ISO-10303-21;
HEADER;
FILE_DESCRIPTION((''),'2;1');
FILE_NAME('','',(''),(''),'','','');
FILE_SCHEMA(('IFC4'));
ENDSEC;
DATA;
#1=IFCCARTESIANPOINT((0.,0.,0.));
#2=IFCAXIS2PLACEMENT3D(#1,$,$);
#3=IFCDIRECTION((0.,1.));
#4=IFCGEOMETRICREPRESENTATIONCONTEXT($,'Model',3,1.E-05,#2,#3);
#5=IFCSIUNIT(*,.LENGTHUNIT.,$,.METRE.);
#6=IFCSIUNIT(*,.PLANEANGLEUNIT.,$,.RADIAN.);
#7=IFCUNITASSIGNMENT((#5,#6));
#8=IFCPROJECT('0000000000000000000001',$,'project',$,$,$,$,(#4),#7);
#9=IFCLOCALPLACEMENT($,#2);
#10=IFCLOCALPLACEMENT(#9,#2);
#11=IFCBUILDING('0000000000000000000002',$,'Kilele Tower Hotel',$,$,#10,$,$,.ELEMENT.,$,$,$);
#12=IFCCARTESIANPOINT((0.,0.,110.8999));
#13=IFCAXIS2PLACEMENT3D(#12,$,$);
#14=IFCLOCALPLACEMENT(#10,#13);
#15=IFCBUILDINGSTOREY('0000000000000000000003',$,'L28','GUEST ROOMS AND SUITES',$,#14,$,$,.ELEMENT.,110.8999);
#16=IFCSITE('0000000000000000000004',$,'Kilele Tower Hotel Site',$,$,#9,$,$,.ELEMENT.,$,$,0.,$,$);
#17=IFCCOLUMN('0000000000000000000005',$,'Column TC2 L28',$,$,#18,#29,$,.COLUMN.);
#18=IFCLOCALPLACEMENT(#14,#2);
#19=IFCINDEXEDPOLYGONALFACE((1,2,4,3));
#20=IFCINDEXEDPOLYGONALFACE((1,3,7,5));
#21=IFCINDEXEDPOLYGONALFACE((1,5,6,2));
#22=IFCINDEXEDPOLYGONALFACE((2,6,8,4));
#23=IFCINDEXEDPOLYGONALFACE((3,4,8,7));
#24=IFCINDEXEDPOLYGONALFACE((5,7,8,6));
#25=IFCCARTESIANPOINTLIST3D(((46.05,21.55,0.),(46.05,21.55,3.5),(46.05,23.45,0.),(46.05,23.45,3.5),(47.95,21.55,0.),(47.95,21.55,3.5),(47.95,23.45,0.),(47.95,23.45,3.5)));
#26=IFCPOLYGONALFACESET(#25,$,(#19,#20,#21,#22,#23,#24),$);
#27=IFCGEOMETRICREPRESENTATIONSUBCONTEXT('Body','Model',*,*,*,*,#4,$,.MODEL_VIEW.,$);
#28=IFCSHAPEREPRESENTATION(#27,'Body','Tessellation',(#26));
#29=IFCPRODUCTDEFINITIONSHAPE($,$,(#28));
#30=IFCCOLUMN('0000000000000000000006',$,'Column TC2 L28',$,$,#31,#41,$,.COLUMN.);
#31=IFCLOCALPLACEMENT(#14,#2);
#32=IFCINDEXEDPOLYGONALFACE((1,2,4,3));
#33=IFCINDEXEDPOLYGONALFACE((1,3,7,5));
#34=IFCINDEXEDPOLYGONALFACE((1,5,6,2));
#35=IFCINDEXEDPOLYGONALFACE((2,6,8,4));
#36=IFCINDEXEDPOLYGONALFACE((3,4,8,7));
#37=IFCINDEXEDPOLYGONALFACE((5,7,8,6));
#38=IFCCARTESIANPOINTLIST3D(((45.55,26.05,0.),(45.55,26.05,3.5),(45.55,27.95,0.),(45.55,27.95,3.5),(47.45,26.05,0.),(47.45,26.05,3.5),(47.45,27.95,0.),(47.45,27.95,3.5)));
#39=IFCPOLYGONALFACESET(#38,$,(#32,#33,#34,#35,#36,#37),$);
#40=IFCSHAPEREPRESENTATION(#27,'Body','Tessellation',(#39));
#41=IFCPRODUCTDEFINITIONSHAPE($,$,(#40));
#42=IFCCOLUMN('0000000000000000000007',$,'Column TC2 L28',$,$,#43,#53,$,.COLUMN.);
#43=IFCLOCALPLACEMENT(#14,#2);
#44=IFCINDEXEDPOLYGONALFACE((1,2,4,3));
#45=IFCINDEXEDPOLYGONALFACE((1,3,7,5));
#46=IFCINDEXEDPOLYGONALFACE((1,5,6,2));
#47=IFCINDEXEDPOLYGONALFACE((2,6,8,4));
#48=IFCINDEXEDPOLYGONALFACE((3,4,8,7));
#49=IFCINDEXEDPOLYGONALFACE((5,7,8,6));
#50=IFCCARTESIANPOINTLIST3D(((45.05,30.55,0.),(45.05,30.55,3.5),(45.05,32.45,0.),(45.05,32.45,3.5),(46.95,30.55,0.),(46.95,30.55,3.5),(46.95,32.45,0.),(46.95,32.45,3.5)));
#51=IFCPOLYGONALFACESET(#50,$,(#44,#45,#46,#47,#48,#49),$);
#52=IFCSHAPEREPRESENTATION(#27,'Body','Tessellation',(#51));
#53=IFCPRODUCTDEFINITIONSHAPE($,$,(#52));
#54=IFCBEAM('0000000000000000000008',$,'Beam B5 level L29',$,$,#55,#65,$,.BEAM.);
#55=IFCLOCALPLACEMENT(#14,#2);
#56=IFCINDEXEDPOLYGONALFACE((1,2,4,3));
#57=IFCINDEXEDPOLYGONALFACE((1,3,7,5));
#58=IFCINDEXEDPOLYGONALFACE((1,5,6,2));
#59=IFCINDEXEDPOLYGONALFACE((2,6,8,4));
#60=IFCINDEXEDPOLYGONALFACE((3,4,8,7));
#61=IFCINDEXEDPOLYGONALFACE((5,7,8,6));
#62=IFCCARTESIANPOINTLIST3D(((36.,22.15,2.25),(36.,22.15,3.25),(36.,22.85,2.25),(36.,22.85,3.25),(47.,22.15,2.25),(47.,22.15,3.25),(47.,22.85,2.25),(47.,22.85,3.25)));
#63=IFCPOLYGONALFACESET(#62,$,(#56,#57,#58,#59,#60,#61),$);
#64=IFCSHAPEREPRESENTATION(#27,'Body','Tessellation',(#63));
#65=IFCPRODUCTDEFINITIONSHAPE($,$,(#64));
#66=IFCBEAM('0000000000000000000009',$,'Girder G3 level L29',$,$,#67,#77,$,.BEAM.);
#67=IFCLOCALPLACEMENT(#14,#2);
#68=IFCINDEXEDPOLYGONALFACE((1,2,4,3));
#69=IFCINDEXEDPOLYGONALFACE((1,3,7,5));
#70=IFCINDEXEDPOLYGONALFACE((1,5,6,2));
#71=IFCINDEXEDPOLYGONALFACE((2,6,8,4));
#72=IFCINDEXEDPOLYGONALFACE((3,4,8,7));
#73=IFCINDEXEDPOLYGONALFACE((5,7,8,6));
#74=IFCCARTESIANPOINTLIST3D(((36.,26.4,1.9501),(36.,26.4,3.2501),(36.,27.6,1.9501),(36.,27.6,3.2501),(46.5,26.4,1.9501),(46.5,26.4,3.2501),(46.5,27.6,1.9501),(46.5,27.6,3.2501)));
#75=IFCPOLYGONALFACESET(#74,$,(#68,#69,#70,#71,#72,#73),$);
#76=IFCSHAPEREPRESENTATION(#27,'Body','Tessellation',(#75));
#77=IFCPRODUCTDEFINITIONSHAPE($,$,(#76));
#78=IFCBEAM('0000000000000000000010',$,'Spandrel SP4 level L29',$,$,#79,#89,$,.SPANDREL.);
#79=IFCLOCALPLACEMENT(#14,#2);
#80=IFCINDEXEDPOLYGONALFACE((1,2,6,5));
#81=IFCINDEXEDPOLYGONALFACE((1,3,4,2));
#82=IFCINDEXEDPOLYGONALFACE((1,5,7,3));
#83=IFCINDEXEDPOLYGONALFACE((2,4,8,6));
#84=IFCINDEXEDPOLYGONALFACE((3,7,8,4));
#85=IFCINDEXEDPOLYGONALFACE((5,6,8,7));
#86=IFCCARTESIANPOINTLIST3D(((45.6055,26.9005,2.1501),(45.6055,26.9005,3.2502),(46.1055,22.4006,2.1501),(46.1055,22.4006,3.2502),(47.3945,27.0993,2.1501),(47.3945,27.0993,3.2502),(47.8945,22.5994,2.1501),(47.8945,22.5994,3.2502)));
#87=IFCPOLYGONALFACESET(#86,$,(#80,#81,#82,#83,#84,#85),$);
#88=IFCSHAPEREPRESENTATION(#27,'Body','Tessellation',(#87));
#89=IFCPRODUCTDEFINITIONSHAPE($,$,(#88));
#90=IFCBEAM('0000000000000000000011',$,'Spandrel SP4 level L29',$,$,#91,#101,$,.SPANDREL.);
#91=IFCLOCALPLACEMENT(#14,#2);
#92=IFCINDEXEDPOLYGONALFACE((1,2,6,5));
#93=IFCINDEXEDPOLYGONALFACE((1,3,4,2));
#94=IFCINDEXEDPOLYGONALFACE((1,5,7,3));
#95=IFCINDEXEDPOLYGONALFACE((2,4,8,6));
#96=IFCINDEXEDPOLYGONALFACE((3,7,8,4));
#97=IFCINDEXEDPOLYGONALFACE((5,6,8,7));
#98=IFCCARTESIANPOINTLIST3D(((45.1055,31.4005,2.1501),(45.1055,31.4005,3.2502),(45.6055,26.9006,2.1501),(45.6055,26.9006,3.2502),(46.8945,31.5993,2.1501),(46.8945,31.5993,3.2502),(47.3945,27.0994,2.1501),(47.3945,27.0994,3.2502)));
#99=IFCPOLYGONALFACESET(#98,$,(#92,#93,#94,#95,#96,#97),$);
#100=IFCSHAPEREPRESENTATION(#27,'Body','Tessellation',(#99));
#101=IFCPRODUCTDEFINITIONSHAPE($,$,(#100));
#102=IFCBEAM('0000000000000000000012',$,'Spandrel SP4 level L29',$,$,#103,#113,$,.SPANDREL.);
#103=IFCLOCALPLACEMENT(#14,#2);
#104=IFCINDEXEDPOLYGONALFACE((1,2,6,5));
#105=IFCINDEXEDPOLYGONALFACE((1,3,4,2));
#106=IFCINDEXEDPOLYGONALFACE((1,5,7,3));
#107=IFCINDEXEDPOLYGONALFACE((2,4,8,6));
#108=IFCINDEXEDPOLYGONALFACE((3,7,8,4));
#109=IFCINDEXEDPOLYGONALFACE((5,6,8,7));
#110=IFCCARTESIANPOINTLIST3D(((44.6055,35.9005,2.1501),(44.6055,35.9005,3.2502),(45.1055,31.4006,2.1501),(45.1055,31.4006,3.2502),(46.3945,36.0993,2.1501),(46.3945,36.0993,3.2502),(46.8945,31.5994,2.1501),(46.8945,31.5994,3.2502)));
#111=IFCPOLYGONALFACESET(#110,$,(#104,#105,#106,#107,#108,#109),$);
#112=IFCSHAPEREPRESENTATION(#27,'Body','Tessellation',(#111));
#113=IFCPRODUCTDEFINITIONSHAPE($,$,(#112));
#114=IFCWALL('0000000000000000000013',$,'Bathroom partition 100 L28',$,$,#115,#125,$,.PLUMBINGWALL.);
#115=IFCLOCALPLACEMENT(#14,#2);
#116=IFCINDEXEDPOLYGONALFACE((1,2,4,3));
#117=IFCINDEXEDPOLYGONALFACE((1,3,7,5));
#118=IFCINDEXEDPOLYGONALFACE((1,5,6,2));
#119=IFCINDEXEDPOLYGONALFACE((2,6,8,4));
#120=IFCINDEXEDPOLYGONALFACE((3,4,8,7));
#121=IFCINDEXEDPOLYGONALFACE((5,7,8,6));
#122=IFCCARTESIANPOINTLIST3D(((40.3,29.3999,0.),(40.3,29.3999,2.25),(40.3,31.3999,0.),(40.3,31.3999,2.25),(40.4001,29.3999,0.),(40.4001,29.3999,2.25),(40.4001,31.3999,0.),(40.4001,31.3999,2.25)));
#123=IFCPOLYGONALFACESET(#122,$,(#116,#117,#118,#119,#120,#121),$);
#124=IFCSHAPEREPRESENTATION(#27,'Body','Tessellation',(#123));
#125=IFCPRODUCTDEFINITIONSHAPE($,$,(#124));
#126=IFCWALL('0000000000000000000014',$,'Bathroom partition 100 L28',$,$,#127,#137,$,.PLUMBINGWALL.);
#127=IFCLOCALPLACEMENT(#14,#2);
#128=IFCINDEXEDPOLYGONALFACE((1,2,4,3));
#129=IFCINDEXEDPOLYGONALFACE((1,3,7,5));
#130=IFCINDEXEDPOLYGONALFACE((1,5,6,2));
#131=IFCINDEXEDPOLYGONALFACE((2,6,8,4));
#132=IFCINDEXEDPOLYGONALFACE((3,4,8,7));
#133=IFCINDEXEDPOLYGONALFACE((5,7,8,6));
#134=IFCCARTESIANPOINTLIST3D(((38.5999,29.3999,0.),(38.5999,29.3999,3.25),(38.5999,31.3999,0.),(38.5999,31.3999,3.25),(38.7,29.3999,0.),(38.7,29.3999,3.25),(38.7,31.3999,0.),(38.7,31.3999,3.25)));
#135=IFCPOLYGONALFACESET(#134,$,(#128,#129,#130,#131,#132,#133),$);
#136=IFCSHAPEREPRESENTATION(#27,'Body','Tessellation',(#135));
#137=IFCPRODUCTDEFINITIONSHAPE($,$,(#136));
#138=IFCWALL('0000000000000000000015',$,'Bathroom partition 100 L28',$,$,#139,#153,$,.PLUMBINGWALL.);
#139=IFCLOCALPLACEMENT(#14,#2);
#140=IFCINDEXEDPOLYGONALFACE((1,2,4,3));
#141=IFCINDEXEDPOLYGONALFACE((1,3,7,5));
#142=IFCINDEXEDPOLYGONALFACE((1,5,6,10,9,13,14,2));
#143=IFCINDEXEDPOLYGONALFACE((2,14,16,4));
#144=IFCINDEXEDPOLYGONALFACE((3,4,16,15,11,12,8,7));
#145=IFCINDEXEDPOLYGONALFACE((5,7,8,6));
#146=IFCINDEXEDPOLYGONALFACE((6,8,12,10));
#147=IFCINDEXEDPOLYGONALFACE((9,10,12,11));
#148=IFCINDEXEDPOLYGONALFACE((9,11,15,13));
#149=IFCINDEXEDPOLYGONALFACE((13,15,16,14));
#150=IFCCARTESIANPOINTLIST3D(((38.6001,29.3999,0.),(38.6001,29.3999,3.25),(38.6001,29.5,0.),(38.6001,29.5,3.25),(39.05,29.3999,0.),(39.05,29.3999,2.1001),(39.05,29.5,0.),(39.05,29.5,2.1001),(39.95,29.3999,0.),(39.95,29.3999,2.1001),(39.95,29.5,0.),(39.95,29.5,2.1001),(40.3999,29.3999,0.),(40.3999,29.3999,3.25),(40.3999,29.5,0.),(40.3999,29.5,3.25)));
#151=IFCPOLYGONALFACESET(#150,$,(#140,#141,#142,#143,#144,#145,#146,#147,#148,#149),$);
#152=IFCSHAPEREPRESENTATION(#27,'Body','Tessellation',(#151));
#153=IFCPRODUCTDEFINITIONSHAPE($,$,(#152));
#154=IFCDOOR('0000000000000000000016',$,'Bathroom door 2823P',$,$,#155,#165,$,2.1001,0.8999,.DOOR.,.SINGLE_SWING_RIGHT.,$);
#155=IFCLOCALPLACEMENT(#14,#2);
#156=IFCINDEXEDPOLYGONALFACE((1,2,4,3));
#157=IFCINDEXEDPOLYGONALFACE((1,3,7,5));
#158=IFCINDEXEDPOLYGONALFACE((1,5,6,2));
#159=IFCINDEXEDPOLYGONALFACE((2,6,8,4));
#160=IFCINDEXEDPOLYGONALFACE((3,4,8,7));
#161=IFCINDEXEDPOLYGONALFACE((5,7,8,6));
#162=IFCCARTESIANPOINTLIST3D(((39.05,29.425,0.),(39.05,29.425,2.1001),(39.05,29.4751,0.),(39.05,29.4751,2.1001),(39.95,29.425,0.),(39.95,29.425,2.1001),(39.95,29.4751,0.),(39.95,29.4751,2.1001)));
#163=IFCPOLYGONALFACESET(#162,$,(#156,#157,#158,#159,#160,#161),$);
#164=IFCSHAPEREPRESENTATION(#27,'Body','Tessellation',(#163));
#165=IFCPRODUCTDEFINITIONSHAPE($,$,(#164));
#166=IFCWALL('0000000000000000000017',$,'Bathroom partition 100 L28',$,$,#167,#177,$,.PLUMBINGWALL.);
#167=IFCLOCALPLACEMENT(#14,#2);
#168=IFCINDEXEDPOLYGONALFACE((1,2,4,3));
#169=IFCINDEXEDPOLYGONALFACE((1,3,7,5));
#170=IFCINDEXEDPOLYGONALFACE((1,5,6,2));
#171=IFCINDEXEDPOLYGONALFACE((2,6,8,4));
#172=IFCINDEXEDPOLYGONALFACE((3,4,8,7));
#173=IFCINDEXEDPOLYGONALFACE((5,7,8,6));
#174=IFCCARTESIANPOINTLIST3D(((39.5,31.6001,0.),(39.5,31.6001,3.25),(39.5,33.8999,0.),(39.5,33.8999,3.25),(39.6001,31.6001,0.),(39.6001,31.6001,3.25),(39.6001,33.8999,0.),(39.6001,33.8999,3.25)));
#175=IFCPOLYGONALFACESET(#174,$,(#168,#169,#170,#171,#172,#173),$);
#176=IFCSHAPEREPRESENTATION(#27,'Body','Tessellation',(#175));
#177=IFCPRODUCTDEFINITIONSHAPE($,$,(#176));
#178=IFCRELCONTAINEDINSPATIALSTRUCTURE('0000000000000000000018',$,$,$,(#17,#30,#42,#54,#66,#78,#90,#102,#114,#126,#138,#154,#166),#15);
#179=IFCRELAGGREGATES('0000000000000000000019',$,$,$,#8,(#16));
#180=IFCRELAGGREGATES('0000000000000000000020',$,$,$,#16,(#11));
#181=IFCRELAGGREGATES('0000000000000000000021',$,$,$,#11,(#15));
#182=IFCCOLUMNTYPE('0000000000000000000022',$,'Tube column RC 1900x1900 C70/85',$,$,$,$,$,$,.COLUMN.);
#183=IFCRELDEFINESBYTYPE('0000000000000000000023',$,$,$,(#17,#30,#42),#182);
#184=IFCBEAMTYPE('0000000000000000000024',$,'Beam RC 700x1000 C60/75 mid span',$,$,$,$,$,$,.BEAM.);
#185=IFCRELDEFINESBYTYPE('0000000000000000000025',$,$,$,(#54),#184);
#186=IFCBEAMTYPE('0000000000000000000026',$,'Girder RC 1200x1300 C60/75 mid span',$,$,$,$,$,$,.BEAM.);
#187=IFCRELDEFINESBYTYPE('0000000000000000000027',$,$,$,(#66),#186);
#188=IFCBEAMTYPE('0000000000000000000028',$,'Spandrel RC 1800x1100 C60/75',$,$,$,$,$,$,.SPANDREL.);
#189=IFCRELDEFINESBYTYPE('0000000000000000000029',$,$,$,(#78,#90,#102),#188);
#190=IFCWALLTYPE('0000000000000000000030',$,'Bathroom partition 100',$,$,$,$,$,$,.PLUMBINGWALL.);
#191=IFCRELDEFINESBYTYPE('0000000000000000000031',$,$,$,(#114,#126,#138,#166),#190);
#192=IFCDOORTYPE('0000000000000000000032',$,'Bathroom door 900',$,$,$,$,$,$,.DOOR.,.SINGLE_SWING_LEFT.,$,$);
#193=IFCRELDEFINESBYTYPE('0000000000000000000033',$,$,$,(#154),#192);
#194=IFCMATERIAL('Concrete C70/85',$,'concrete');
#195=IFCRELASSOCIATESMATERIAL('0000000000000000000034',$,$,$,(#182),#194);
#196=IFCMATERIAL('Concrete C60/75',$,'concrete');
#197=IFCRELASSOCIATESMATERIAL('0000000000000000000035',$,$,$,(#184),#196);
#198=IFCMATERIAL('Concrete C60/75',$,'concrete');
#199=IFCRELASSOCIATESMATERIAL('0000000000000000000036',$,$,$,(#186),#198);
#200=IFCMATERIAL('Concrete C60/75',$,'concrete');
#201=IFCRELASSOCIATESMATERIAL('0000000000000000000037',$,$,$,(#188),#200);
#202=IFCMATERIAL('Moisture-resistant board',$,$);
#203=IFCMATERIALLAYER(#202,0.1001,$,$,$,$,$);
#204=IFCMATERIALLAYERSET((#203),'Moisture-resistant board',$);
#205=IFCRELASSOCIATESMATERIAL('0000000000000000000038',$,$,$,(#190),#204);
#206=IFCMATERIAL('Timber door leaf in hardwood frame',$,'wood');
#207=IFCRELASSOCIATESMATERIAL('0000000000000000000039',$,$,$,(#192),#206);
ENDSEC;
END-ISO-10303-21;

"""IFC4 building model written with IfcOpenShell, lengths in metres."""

from ifc_helpers import new_model, si_unit, direction, frame, frame_2d, origin, origin_2d, place, context, subcontext, project, spatial, rectangle, extrude, material, layer, layer_set, material_profile, profile_set, type_object, element, fill, save


model = new_model("IFC4")

# Units and contexts
model_context = context("Model", 3, precision=1e-05, world=origin(), true_north=direction((0.0, 1.0)))
body_context = subcontext(model_context, "Body", "Model", "MODEL_VIEW")
ifc_project = project(units=[si_unit("LENGTHUNIT", "METRE"), si_unit("PLANEANGLEUNIT", "RADIAN")], contexts=[model_context])

# Site, building, storey
site_placement = place(None, origin())
site = spatial("IfcSite", under=ifc_project, at=site_placement, Name="Kilele Tower Hotel Site", CompositionType="ELEMENT", RefElevation=0.0)
building_placement = place(site_placement, origin())
building = spatial("IfcBuilding", under=site, at=building_placement, Name="Kilele Tower Hotel", CompositionType="ELEMENT")
storey_placement = place(building_placement, frame((0.0, 0.0, 110.8999)))
storey = spatial("IfcBuildingStorey", under=building, at=storey_placement, Name="L28", Description="GUEST ROOMS AND SUITES", CompositionType="ELEMENT", Elevation=110.8999)

# Columns
ifc_material_1 = material(Name="Concrete C70/85", Category="concrete")
ifc_material_profile_1 = material_profile(ifc_material_1, rectangle(XDim=1.8999, YDim=1.8999, at=origin_2d()))
ifc_profile_set_1 = profile_set([ifc_material_profile_1], Name="Concrete C70/85")
column_type = type_object("IfcColumnType", Name="Tube column RC 1900x1900 C70/85", PredefinedType="COLUMN", material=ifc_profile_set_1)
for number, where, z_axis, x_axis, name in (
    (1, (47.0, 22.5, 0.0), (0.0, 0.0, 1.0), (1.0, 0.0, 0.0), "Column TC2 L28"),
    (2, (46.5, 27.0, 0.0), (0.0, 0.0, 1.0), (1.0, 0.0, 0.0), "Column TC2 L28"),
    (3, (46.0, 31.5, 0.0), (0.0, 0.0, 1.0), (1.0, 0.0, 0.0), "Column TC2 L28"),
):
    element("IfcColumn", number, at=place(storey_placement, frame(where, z_axis=z_axis, x_axis=x_axis)), inside=storey, type_object=column_type, Name=name, PredefinedType="COLUMN", context=body_context, shape_type="SweptSolid", body=[
        extrude(rectangle(XDim=1.8999, YDim=1.8999, at=origin_2d()), origin(), (0.0, 0.0, 1.0), 3.5),
    ])

# Beams
ifc_material_2 = material(Name="Concrete C60/75", Category="concrete")
ifc_material_profile_2 = material_profile(ifc_material_2, rectangle(XDim=0.7, YDim=1.0, at=origin_2d()))
ifc_profile_set_2 = profile_set([ifc_material_profile_2], Name="Concrete C60/75")
beam_type_1 = type_object("IfcBeamType", Name="Beam RC 700x1000 C60/75 mid span", PredefinedType="BEAM", material=ifc_profile_set_2)
beam_1_placement = place(storey_placement, frame((47.0, 22.5, 2.75), z_axis=(-1.0, 0.0, 0.0), x_axis=(0.0, -1.0, 0.0)))
element("IfcBeam", 4, at=beam_1_placement, inside=storey, type_object=beam_type_1, Name="Beam B5 level L29", PredefinedType="BEAM", context=body_context, shape_type="SweptSolid", body=[
    extrude(rectangle(XDim=0.7, YDim=1.0, at=origin_2d()), origin(), (0.0, 0.0, 1.0), 11.0),
])
ifc_material_3 = material(Name="Concrete C60/75", Category="concrete")
ifc_material_profile_3 = material_profile(ifc_material_3, rectangle(XDim=1.2, YDim=1.3, at=origin_2d()))
ifc_profile_set_3 = profile_set([ifc_material_profile_3], Name="Concrete C60/75")
beam_type_2 = type_object("IfcBeamType", Name="Girder RC 1200x1300 C60/75 mid span", PredefinedType="BEAM", material=ifc_profile_set_3)
beam_2_placement = place(storey_placement, frame((46.5, 27.0, 2.6001), z_axis=(-1.0, 0.0, 0.0), x_axis=(0.0, -1.0, 0.0)))
element("IfcBeam", 5, at=beam_2_placement, inside=storey, type_object=beam_type_2, Name="Girder G3 level L29", PredefinedType="BEAM", context=body_context, shape_type="SweptSolid", body=[
    extrude(rectangle(XDim=1.2, YDim=1.3, at=origin_2d()), origin(), (0.0, 0.0, 1.0), 10.5),
])
ifc_material_4 = material(Name="Concrete C60/75", Category="concrete")
ifc_material_profile_4 = material_profile(ifc_material_4, rectangle(XDim=1.8, YDim=1.1001, at=origin_2d()))
ifc_profile_set_4 = profile_set([ifc_material_profile_4], Name="Concrete C60/75")
beam_type_3 = type_object("IfcBeamType", Name="Spandrel RC 1800x1100 C60/75", PredefinedType="SPANDREL", material=ifc_profile_set_4)
for number, where, z_axis, x_axis, name in (
    (6, (47.0, 22.5, 2.7002), (-0.110432, 0.993884, 0.0), (-0.993884, -0.110432, 0.0), "Spandrel SP4 level L29"),
    (7, (46.5, 27.0, 2.7002), (-0.110432, 0.993884, 0.0), (-0.993884, -0.110432, 0.0), "Spandrel SP4 level L29"),
    (8, (46.0, 31.5, 2.7002), (-0.110432, 0.993884, 0.0), (-0.993884, -0.110432, 0.0), "Spandrel SP4 level L29"),
):
    element("IfcBeam", number, at=place(storey_placement, frame(where, z_axis=z_axis, x_axis=x_axis)), inside=storey, type_object=beam_type_3, Name=name, PredefinedType="SPANDREL", context=body_context, shape_type="SweptSolid", body=[
        extrude(rectangle(XDim=1.8, YDim=1.1001, at=origin_2d()), origin(), (0.0, 0.0, 1.0), 4.5276),
    ])

# Walls
ifc_material_5 = material(Name="Moisture-resistant board")
ifc_layer_1 = layer(ifc_material_5, 0.1001)
ifc_layer_set_1 = layer_set([ifc_layer_1], Name="Moisture-resistant board")
wall_type_1 = type_object("IfcWallType", Name="Bathroom partition 100", PredefinedType="PLUMBINGWALL", material=ifc_layer_set_1)
wall_1_placement = place(storey_placement, frame((40.3501, 31.3999, 0.0), z_axis=(0.0, 0.0, 1.0), x_axis=(0.0, -1.0, 0.0)))
element("IfcWall", 9, at=wall_1_placement, inside=storey, type_object=wall_type_1, Name="Bathroom partition 100 L28", PredefinedType="PLUMBINGWALL", context=body_context, shape_type="SweptSolid", body=[
    extrude(rectangle(XDim=2.0, YDim=0.1001, at=frame_2d((1.0, 0.0))), origin(), (0.0, 0.0, 1.0), 2.25),
])
wall_2_placement = place(storey_placement, frame((38.6499, 31.3999, 0.0), z_axis=(0.0, 0.0, 1.0), x_axis=(0.0, -1.0, 0.0)))
element("IfcWall", 10, at=wall_2_placement, inside=storey, type_object=wall_type_1, Name="Bathroom partition 100 L28", PredefinedType="PLUMBINGWALL", context=body_context, shape_type="SweptSolid", body=[
    extrude(rectangle(XDim=2.0, YDim=0.1001, at=frame_2d((1.0, 0.0))), origin(), (0.0, 0.0, 1.0), 3.25),
])

# Wall, opening, door
wall_3_placement = place(storey_placement, frame((38.6001, 29.45, 0.0), z_axis=(0.0, 0.0, 1.0), x_axis=(1.0, 0.0, 0.0)))
wall_3 = element("IfcWall", 11, at=wall_3_placement, inside=storey, type_object=wall_type_1, Name="Bathroom partition 100 L28", PredefinedType="PLUMBINGWALL", context=body_context, shape_type="SweptSolid", body=[
    extrude(rectangle(XDim=1.7998, YDim=0.1001, at=frame_2d((0.8999, 0.0))), origin(), (0.0, 0.0, 1.0), 3.25),
])
opening_1_placement = place(wall_3_placement, frame((1.3499, 0.0, 0.0), z_axis=(0.0, 0.0, 1.0), x_axis=(-1.0, 0.0, 0.0)))
opening_1 = element("IfcOpeningElement", 12, at=opening_1_placement, cuts=wall_3, PredefinedType="OPENING", context=body_context, shape_type="SweptSolid", body=[
    extrude(rectangle(XDim=0.8999, YDim=2.1001, at=frame_2d((0.45, 1.05))), frame((0.0, 0.0601, 0.0), z_axis=(0.0, -1.0, 0.0), x_axis=(1.0, 0.0, 0.0)), (0.0, 0.0, 1.0), 0.1201),
])
ifc_material_6 = material(Name="Timber door leaf in hardwood frame", Category="wood")
door_type_1 = type_object("IfcDoorType", Name="Bathroom door 900", OperationType="SINGLE_SWING_LEFT", PredefinedType="DOOR", material=ifc_material_6)
door_1_placement = place(opening_1_placement, origin())
door_1 = element("IfcDoor", 13, at=door_1_placement, inside=storey, type_object=door_type_1, Name="Bathroom door 2823P", OperationType="SINGLE_SWING_RIGHT", OverallHeight=2.1001, OverallWidth=0.8999, PredefinedType="DOOR", context=body_context, shape_type="SweptSolid", body=[
    extrude(rectangle(XDim=0.8999, YDim=2.1001, at=frame_2d((0.45, 1.05))), frame((0.0, 0.0249, 0.0), z_axis=(0.0, -1.0, 0.0), x_axis=(1.0, 0.0, 0.0)), (0.0, 0.0, 1.0), 0.05),
])
fill(opening_1, door_1)

# Wall
wall_4_placement = place(storey_placement, frame((39.55, 31.6001, 0.0), z_axis=(0.0, 0.0, 1.0), x_axis=(0.0, 1.0, 0.0)))
element("IfcWall", 14, at=wall_4_placement, inside=storey, type_object=wall_type_1, Name="Bathroom partition 100 L28", PredefinedType="PLUMBINGWALL", context=body_context, shape_type="SweptSolid", body=[
    extrude(rectangle(XDim=2.2998, YDim=0.1001, at=frame_2d((1.1499, 0.0))), origin(), (0.0, 0.0, 1.0), 3.25),
])

save(model, "model.ifc")
